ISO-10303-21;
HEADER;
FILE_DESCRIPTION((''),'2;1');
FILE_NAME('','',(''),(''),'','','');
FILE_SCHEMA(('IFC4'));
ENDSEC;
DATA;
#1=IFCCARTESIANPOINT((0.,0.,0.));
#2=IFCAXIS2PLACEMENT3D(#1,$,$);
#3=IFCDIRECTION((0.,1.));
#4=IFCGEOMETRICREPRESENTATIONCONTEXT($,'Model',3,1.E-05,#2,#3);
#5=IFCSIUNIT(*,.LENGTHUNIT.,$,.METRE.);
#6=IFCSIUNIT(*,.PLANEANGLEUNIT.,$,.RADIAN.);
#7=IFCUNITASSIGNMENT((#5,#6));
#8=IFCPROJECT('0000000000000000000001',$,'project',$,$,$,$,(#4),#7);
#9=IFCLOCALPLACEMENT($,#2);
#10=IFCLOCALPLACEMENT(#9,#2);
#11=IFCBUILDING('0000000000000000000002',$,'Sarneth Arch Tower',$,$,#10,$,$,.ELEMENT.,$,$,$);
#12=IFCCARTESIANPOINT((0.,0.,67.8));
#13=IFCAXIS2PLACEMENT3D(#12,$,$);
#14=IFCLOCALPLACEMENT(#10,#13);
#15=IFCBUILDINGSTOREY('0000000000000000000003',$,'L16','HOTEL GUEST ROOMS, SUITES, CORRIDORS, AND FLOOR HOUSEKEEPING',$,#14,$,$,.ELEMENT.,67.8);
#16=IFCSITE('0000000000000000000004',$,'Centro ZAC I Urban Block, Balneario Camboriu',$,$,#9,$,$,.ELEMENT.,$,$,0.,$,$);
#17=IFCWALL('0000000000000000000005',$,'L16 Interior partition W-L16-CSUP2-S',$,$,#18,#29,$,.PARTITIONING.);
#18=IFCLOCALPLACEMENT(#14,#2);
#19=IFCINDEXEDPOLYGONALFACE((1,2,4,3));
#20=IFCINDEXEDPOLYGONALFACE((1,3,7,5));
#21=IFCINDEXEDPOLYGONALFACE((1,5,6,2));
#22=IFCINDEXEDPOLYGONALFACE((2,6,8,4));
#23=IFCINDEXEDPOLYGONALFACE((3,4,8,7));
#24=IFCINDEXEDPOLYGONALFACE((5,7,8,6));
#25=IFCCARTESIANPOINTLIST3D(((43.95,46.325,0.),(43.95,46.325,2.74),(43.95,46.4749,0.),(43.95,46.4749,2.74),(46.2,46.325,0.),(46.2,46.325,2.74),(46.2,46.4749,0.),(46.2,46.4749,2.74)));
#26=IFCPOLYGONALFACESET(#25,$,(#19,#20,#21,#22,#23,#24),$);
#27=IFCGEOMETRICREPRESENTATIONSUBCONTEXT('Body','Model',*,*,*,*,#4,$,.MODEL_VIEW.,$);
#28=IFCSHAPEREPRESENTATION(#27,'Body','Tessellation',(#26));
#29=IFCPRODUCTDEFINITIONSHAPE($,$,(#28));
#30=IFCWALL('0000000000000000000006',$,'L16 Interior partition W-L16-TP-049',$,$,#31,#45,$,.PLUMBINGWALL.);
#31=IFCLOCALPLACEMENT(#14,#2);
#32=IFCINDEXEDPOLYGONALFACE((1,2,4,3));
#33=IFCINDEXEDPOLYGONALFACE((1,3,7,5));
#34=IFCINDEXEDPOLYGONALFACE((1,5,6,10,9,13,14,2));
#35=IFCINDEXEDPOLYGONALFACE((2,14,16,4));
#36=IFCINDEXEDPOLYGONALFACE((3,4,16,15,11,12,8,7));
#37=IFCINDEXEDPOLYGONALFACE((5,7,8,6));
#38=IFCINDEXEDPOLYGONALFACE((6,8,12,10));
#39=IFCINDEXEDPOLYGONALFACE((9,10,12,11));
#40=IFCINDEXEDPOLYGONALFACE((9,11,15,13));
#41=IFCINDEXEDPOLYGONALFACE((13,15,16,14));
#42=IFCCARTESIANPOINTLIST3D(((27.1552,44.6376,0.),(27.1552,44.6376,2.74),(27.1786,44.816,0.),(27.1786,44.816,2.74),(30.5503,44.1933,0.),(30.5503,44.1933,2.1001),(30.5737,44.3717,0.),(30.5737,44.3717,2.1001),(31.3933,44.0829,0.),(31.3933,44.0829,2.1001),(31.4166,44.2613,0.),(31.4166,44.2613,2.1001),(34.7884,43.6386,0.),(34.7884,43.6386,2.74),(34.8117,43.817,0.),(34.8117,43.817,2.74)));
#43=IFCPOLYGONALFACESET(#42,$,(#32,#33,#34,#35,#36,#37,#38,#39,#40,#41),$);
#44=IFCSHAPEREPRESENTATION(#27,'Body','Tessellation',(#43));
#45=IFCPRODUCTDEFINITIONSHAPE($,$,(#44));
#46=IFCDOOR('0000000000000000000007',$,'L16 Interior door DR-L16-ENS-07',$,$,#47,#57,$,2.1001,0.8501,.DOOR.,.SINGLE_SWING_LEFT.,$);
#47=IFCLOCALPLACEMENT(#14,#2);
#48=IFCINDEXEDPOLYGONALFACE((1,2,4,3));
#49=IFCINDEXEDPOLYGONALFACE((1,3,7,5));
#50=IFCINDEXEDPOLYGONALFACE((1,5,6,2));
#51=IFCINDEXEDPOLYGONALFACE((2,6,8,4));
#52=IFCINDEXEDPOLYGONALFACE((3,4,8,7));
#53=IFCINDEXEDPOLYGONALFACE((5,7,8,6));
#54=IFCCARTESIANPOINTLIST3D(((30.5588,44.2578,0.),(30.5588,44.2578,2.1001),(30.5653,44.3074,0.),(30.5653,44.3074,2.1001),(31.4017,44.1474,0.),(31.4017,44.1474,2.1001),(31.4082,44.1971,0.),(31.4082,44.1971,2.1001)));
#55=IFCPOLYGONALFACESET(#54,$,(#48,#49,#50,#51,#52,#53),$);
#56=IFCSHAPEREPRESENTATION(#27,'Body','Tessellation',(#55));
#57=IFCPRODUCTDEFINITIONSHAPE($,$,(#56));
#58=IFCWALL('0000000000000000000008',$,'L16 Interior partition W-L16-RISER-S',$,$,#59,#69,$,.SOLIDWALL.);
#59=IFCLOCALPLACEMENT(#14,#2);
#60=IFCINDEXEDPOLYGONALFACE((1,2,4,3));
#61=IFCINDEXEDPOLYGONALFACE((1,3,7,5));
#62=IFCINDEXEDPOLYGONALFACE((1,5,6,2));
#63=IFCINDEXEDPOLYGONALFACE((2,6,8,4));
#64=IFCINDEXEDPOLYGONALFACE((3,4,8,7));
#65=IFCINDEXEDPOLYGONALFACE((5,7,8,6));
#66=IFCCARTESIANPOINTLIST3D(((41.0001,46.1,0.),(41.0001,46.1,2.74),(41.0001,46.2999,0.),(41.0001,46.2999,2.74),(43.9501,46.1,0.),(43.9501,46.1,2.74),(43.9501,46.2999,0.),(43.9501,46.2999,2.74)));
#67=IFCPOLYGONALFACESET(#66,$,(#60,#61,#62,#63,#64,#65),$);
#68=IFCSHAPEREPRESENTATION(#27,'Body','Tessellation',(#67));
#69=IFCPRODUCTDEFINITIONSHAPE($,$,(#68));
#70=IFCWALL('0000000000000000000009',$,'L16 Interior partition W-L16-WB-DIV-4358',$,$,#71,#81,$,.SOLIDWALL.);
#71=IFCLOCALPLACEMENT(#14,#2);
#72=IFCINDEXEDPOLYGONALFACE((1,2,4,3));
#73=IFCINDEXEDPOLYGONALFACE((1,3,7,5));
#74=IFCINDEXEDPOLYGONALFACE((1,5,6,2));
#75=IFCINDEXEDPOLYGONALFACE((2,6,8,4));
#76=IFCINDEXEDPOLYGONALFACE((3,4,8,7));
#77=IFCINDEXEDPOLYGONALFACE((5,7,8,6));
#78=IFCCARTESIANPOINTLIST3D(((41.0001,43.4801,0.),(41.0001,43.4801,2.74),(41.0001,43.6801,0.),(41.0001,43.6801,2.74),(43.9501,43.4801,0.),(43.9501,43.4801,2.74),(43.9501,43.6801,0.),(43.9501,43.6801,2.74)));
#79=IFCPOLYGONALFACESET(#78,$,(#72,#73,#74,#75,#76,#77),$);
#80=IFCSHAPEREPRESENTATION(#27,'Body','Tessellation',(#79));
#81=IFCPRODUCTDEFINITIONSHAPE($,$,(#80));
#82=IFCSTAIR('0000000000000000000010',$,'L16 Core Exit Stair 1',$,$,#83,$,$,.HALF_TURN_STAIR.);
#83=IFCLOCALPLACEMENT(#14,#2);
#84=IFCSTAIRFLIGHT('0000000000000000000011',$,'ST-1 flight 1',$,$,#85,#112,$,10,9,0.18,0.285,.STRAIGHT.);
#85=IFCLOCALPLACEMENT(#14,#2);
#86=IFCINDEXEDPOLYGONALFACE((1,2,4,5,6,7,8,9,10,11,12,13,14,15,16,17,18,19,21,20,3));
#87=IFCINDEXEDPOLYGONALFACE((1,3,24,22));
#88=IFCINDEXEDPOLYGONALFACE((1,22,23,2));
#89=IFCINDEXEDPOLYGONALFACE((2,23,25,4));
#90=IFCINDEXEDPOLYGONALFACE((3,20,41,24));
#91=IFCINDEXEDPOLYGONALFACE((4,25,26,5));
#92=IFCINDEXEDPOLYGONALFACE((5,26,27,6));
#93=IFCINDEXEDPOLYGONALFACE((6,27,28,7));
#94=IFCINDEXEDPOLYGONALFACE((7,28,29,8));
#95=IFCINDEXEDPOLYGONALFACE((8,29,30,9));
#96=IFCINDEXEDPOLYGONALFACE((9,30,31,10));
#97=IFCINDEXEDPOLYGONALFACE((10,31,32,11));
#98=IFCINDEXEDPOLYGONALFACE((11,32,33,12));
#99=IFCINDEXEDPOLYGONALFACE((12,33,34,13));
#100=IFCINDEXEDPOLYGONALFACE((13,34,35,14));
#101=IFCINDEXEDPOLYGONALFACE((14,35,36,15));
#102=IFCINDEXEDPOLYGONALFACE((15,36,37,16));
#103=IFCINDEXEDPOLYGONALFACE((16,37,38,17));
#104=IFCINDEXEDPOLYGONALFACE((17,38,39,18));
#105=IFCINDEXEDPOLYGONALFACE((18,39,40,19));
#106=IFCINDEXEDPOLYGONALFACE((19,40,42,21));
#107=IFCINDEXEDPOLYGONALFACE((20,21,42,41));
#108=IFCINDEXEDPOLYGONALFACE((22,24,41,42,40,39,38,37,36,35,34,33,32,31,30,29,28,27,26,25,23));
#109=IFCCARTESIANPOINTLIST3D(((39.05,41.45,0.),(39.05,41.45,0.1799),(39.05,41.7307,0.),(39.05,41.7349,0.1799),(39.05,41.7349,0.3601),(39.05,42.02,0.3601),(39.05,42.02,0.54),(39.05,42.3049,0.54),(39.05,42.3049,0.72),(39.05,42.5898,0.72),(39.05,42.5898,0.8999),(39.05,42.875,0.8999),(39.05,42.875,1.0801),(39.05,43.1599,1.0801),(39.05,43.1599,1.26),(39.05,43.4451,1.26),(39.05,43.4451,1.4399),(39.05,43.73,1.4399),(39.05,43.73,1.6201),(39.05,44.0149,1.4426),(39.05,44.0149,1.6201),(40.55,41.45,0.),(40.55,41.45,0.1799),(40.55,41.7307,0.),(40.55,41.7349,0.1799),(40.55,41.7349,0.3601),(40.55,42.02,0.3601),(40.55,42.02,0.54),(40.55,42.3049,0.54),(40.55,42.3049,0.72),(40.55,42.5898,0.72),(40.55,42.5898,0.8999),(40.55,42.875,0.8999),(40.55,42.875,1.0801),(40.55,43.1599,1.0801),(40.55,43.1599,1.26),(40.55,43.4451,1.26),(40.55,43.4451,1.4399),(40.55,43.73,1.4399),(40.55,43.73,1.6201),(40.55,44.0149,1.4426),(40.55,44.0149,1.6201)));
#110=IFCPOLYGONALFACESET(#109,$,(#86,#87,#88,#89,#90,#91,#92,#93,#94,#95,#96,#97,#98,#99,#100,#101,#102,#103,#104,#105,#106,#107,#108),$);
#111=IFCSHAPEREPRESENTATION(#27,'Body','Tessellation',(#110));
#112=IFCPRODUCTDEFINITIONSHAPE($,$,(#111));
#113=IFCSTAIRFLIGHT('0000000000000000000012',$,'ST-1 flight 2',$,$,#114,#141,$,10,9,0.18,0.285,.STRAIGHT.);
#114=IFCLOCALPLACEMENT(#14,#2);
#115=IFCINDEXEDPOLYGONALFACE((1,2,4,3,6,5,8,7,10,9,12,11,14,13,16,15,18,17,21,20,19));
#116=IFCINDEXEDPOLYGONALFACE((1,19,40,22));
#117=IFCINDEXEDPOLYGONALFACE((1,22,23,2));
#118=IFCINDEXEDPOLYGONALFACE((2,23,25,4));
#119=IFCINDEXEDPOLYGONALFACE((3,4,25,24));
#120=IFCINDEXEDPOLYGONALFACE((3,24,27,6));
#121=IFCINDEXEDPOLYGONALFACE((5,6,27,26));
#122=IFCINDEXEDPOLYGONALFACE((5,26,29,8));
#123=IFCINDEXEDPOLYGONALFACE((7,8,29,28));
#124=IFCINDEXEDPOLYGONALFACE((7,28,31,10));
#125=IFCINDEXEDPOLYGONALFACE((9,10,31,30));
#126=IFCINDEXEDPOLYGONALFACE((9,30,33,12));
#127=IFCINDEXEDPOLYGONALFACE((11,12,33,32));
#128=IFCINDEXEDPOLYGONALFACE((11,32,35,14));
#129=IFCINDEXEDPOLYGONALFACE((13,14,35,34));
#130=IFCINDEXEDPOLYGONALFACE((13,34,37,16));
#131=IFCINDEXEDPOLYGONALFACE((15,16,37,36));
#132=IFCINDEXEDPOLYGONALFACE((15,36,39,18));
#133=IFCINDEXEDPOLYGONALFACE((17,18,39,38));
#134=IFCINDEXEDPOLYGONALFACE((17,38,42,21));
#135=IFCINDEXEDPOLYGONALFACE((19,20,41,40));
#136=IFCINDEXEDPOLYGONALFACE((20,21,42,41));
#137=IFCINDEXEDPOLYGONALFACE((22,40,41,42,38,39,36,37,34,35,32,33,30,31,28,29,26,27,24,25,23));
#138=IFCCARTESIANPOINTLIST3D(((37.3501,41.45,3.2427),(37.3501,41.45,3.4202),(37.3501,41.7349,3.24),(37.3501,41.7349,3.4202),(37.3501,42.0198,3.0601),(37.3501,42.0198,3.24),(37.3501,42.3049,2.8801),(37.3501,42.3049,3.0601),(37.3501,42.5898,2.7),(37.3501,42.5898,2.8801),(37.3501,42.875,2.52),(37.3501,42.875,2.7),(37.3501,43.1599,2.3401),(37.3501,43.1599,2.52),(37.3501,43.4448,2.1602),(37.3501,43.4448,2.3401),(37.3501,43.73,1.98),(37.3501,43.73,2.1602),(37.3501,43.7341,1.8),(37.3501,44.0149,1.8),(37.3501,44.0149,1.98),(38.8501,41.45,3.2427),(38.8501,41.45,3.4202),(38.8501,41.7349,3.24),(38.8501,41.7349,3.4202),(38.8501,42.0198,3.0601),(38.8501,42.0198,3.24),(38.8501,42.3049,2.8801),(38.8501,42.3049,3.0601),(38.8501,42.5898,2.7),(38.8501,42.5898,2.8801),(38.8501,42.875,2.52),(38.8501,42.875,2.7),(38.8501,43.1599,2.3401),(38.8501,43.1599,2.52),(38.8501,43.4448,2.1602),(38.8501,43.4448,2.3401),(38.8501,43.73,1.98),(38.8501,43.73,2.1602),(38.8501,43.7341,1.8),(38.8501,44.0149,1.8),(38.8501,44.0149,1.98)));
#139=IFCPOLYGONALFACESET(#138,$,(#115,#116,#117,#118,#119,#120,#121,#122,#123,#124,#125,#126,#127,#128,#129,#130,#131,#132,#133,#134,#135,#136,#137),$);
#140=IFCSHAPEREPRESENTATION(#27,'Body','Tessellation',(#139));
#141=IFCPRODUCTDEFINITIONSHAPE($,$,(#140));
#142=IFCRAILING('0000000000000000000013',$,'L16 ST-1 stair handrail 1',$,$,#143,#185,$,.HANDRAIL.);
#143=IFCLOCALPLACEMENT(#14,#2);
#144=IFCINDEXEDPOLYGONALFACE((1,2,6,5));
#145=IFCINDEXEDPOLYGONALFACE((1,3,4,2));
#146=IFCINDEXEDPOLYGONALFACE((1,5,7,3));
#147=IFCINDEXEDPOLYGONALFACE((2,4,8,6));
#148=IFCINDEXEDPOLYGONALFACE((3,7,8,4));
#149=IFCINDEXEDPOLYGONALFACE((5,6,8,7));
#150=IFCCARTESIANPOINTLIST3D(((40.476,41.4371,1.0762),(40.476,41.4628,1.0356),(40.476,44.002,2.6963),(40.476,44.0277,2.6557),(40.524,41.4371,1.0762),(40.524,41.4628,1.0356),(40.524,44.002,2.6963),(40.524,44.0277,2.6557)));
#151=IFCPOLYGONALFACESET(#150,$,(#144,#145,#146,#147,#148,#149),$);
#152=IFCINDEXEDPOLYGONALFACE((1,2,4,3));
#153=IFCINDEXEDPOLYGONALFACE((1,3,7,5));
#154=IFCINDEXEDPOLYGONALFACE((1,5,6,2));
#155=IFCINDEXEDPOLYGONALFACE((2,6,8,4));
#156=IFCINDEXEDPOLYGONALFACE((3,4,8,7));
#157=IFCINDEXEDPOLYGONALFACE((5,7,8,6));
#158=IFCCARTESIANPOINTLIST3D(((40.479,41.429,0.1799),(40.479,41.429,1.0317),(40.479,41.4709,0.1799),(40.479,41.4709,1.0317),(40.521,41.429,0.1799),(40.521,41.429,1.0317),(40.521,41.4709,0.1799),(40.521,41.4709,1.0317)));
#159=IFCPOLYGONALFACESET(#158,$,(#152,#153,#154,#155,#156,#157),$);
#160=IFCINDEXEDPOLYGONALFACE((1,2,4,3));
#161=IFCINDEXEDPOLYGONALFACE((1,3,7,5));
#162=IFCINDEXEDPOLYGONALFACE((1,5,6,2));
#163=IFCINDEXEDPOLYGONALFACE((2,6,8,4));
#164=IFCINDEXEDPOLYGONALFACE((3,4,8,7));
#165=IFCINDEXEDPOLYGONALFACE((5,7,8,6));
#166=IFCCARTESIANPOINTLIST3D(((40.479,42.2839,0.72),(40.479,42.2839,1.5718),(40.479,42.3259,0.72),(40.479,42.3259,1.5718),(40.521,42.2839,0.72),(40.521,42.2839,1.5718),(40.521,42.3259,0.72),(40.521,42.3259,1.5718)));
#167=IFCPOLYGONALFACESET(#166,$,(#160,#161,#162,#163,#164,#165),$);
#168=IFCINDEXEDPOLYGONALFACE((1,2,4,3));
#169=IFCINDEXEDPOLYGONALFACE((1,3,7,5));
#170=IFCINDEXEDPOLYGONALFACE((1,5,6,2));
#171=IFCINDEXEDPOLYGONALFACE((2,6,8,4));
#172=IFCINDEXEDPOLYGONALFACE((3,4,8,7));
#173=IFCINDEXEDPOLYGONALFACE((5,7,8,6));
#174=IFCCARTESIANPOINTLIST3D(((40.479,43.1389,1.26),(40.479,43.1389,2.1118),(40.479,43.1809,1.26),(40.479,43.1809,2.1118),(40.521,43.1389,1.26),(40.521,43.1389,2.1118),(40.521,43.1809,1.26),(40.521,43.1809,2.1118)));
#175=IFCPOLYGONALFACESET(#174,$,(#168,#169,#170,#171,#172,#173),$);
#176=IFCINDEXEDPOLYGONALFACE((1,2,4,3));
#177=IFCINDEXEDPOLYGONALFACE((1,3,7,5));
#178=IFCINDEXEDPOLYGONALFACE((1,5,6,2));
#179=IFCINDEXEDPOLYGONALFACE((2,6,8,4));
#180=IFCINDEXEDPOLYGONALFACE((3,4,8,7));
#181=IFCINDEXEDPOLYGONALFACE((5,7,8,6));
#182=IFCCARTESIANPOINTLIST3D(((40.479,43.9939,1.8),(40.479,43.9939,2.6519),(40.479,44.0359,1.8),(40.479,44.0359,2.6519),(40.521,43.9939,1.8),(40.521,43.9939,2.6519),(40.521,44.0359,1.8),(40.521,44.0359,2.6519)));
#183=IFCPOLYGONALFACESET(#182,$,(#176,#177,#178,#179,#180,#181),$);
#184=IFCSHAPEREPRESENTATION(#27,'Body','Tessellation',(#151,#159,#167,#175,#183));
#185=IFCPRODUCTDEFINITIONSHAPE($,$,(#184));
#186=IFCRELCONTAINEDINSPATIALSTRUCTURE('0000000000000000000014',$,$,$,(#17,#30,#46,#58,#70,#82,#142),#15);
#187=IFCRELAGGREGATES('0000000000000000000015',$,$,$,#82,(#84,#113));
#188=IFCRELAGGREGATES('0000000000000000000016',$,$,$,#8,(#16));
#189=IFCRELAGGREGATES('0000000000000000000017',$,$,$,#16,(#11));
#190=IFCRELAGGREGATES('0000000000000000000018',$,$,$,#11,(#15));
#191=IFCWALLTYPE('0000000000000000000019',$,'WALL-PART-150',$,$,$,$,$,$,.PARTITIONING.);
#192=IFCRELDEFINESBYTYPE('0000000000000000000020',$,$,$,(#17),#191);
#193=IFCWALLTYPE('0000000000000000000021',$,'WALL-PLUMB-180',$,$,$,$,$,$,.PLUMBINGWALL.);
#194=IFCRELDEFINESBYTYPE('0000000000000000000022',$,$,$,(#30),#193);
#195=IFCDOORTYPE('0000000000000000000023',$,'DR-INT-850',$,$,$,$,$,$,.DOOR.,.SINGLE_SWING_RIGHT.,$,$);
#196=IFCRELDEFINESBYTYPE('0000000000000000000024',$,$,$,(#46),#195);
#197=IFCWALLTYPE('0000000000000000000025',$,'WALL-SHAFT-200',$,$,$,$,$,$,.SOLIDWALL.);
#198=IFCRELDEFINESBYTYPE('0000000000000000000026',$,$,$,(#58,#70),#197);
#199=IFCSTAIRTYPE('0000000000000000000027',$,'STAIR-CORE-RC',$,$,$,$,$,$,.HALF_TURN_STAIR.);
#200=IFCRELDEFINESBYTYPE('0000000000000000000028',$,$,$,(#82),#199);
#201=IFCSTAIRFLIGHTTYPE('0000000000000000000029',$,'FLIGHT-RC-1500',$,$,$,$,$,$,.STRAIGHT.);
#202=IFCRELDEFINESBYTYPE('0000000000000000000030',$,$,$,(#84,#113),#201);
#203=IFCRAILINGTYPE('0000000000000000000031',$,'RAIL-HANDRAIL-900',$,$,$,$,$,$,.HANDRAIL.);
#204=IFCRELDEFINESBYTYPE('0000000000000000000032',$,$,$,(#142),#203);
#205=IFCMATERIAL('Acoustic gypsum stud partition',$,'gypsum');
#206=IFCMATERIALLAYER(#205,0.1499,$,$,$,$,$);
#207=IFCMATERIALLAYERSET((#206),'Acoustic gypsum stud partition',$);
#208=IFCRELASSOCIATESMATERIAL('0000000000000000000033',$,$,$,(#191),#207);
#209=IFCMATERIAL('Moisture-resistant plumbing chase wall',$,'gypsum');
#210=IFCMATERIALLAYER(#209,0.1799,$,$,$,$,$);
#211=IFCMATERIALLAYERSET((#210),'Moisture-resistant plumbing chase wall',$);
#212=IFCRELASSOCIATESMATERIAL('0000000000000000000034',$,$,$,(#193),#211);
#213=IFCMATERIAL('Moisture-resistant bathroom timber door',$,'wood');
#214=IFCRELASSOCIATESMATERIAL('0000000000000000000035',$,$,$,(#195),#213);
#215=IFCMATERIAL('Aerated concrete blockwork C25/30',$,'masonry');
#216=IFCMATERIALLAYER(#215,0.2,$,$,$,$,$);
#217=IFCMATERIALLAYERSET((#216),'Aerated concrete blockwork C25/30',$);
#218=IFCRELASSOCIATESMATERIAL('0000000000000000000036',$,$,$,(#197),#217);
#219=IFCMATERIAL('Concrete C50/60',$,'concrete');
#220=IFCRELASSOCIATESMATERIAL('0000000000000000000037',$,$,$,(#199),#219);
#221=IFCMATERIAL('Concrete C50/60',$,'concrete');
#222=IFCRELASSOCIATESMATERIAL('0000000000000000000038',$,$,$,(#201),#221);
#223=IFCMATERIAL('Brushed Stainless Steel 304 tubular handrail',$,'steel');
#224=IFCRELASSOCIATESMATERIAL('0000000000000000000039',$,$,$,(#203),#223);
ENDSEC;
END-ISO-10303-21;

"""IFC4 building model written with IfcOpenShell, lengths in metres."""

from ifc_helpers import new_model, si_unit, direction, frame, frame_2d, origin, origin_2d, place, context, subcontext, project, spatial, polyline, rectangle, outline, extrude, material, layer, layer_set, type_object, element, fill, aggregate, save


model = new_model("IFC4")

# Units and contexts
model_context = context("Model", 3, precision=1e-05, world=origin(), true_north=direction((0.0, 1.0)))
body_context = subcontext(model_context, "Body", "Model", "MODEL_VIEW")
ifc_project = project(units=[si_unit("LENGTHUNIT", "METRE"), si_unit("PLANEANGLEUNIT", "RADIAN")], contexts=[model_context])

# Site, building, storey
site_placement = place(None, origin())
site = spatial("IfcSite", under=ifc_project, at=site_placement, Name="Centro ZAC I Urban Block, Balneario Camboriu", CompositionType="ELEMENT", RefElevation=0.0)
building_placement = place(site_placement, origin())
building = spatial("IfcBuilding", under=site, at=building_placement, Name="Sarneth Arch Tower", CompositionType="ELEMENT")
storey_placement = place(building_placement, frame((0.0, 0.0, 67.8)))
storey = spatial("IfcBuildingStorey", under=building, at=storey_placement, Name="L16", Description="HOTEL GUEST ROOMS, SUITES, CORRIDORS, AND FLOOR HOUSEKEEPING", CompositionType="ELEMENT", Elevation=67.8)

# Wall
ifc_material_1 = material(Name="Acoustic gypsum stud partition", Category="gypsum")
ifc_layer_1 = layer(ifc_material_1, 0.1499)
ifc_layer_set_1 = layer_set([ifc_layer_1], Name="Acoustic gypsum stud partition")
wall_type_1 = type_object("IfcWallType", Name="WALL-PART-150", PredefinedType="PARTITIONING", material=ifc_layer_set_1)
wall_1_placement = place(storey_placement, frame((43.95, 46.3999, 0.0), z_axis=(0.0, 0.0, 1.0), x_axis=(1.0, 0.0, 0.0)))
element("IfcWall", 1, at=wall_1_placement, inside=storey, type_object=wall_type_1, Name="L16 Interior partition W-L16-CSUP2-S", PredefinedType="PARTITIONING", context=body_context, shape_type="SweptSolid", body=[
    extrude(rectangle(XDim=2.25, YDim=0.1499, at=frame_2d((1.125, 0.0))), origin(), (0.0, 0.0, 1.0), 2.74),
])

# Wall, opening, door
ifc_material_2 = material(Name="Moisture-resistant plumbing chase wall", Category="gypsum")
ifc_layer_2 = layer(ifc_material_2, 0.1799)
ifc_layer_set_2 = layer_set([ifc_layer_2], Name="Moisture-resistant plumbing chase wall")
wall_type_2 = type_object("IfcWallType", Name="WALL-PLUMB-180", PredefinedType="PLUMBINGWALL", material=ifc_layer_set_2)
wall_2_placement = place(storey_placement, frame((34.8, 43.7278, 0.0), z_axis=(0.0, 0.0, 1.0), x_axis=(-0.991544, 0.129774, 0.0)))
wall_2 = element("IfcWall", 2, at=wall_2_placement, inside=storey, type_object=wall_type_2, Name="L16 Interior partition W-L16-TP-049", PredefinedType="PLUMBINGWALL", context=body_context, shape_type="SweptSolid", body=[
    extrude(rectangle(XDim=7.6982, YDim=0.1799, at=frame_2d((3.8491, 0.0))), origin(), (0.0, 0.0, 1.0), 2.74),
])
opening_1_placement = place(wall_2_placement, frame((3.4241, 0.0, 0.0)))
opening_1 = element("IfcOpeningElement", 3, at=opening_1_placement, cuts=wall_2, PredefinedType="OPENING", context=body_context, shape_type="SweptSolid", body=[
    extrude(rectangle(XDim=0.8501, YDim=2.1001, at=frame_2d((0.425, 1.05))), frame((0.0, 0.0999, 0.0), z_axis=(0.0, -1.0, 0.0), x_axis=(1.0, 0.0, 0.0)), (0.0, 0.0, 1.0), 0.2),
])
ifc_material_3 = material(Name="Moisture-resistant bathroom timber door", Category="wood")
door_type_1 = type_object("IfcDoorType", Name="DR-INT-850", OperationType="SINGLE_SWING_RIGHT", PredefinedType="DOOR", material=ifc_material_3)
door_1_placement = place(opening_1_placement, origin())
door_1 = element("IfcDoor", 4, at=door_1_placement, inside=storey, type_object=door_type_1, Name="L16 Interior door DR-L16-ENS-07", OperationType="SINGLE_SWING_LEFT", OverallHeight=2.1001, OverallWidth=0.8501, PredefinedType="DOOR", context=body_context, shape_type="SweptSolid", body=[
    extrude(rectangle(XDim=0.8501, YDim=2.1001, at=frame_2d((0.425, 1.05))), frame((0.0, 0.0249, 0.0), z_axis=(0.0, -1.0, 0.0), x_axis=(1.0, 0.0, 0.0)), (0.0, 0.0, 1.0), 0.05),
])
fill(opening_1, door_1)

# Wall
ifc_material_4 = material(Name="Aerated concrete blockwork C25/30", Category="masonry")
ifc_layer_3 = layer(ifc_material_4, 0.2)
ifc_layer_set_3 = layer_set([ifc_layer_3], Name="Aerated concrete blockwork C25/30")
wall_type_3 = type_object("IfcWallType", Name="WALL-SHAFT-200", PredefinedType="SOLIDWALL", material=ifc_layer_set_3)
wall_3_placement = place(storey_placement, frame((41.0, 46.2, 0.0), z_axis=(0.0, 0.0, 1.0), x_axis=(1.0, 0.0, 0.0)))
element("IfcWall", 5, at=wall_3_placement, inside=storey, type_object=wall_type_3, Name="L16 Interior partition W-L16-RISER-S", PredefinedType="SOLIDWALL", context=body_context, shape_type="SweptSolid", body=[
    extrude(rectangle(XDim=2.95, YDim=0.2, at=frame_2d((1.4751, 0.0))), origin(), (0.0, 0.0, 1.0), 2.74),
])

# Wall
wall_4_placement = place(storey_placement, frame((41.0, 43.5801, 0.0), z_axis=(0.0, 0.0, 1.0), x_axis=(1.0, 0.0, 0.0)))
element("IfcWall", 6, at=wall_4_placement, inside=storey, type_object=wall_type_3, Name="L16 Interior partition W-L16-WB-DIV-4358", PredefinedType="SOLIDWALL", context=body_context, shape_type="SweptSolid", body=[
    extrude(rectangle(XDim=2.95, YDim=0.2, at=frame_2d((1.4751, 0.0))), origin(), (0.0, 0.0, 1.0), 2.74),
])

# Stair, stair flights
ifc_material_5 = material(Name="Concrete C50/60", Category="concrete")
stair_type = type_object("IfcStairType", Name="STAIR-CORE-RC", PredefinedType="HALF_TURN_STAIR", material=ifc_material_5)
stair_placement = place(storey_placement, origin())
stair = element("IfcStair", 7, at=stair_placement, inside=storey, type_object=stair_type, Name="L16 Core Exit Stair 1", PredefinedType="HALF_TURN_STAIR")
ifc_material_6 = material(Name="Concrete C50/60", Category="concrete")
stair_flight_type = type_object("IfcStairFlightType", Name="FLIGHT-RC-1500", PredefinedType="STRAIGHT", material=ifc_material_6)
stair_flight_1_placement = place(storey_placement, frame((39.8, 41.45, 0.0), z_axis=(0.0, 0.0, 1.0), x_axis=(0.0, 1.0, 0.0)))
stair_flight_1 = element("IfcStairFlight", 8, at=stair_flight_1_placement, type_object=stair_flight_type, Name="ST-1 flight 1", NumberOfRisers=10, NumberOfTreads=9, PredefinedType="STRAIGHT", RiserHeight=0.18, TreadLength=0.285, context=body_context, shape_type="SweptSolid", body=[
    extrude(outline(polyline([(0.0, 0.0), (0.0, 0.1799), (0.2849, 0.1799), (0.2849, 0.3601), (0.5701, 0.3601), (0.5701, 0.54), (0.855, 0.54), (0.855, 0.72), (1.1399, 0.72), (1.1399, 0.8999), (1.425, 0.8999), (1.425, 1.0801), (1.71, 1.0801), (1.71, 1.26), (1.9951, 1.26), (1.9951, 1.4399), (2.28, 1.4399), (2.28, 1.6201), (2.5649, 1.6201), (2.5649, 1.8), (2.5649, 1.4426), (0.2808, 0.0), (0.0, 0.0)])), frame((0.0, 0.75, 0.0), z_axis=(0.0, -1.0, 0.0), x_axis=(1.0, 0.0, 0.0)), (0.0, 0.0, 1.0), 1.5),
])
stair_flight_2_placement = place(storey_placement, frame((38.1001, 44.0149, 1.8), z_axis=(0.0, 0.0, 1.0), x_axis=(0.0, -1.0, 0.0)))
stair_flight_2 = element("IfcStairFlight", 9, at=stair_flight_2_placement, type_object=stair_flight_type, Name="ST-1 flight 2", NumberOfRisers=10, NumberOfTreads=9, PredefinedType="STRAIGHT", RiserHeight=0.18, TreadLength=0.285, context=body_context, shape_type="SweptSolid", body=[
    extrude(outline(polyline([(0.0, 0.0), (0.0, 0.1799), (0.2849, 0.1799), (0.2849, 0.3601), (0.5701, 0.3601), (0.5701, 0.54), (0.855, 0.54), (0.855, 0.72), (1.1399, 0.72), (1.1399, 0.8999), (1.425, 0.8999), (1.425, 1.0801), (1.71, 1.0801), (1.71, 1.26), (1.9951, 1.26), (1.9951, 1.4399), (2.28, 1.4399), (2.28, 1.6201), (2.5649, 1.6201), (2.5649, 1.8), (2.5649, 1.4426), (0.2808, 0.0), (0.0, 0.0)])), frame((0.0, 0.75, 0.0), z_axis=(0.0, -1.0, 0.0), x_axis=(1.0, 0.0, 0.0)), (0.0, 0.0, 1.0), 1.5),
])
aggregate(stair, [stair_flight_1, stair_flight_2])

# Railing
ifc_material_7 = material(Name="Brushed Stainless Steel 304 tubular handrail", Category="steel")
railing_type_1 = type_object("IfcRailingType", Name="RAIL-HANDRAIL-900", PredefinedType="HANDRAIL", material=ifc_material_7)
railing_1_placement = place(storey_placement, frame((40.5, 41.45, 0.1799)))
element("IfcRailing", 10, at=railing_1_placement, inside=storey, type_object=railing_type_1, Name="L16 ST-1 stair handrail 1", PredefinedType="HANDRAIL", context=body_context, shape_type="SweptSolid", body=[
    extrude(rectangle(XDim=0.0481, YDim=0.0481, at=origin_2d()), frame((0.0, 0.0, 0.876), z_axis=(0.0, 0.845466, 0.534029), x_axis=(-1.0, 0.0, 0.0)), (0.0, 0.0, 1.0), 3.0337),
    extrude(rectangle(XDim=0.042, YDim=0.042, at=origin_2d()), origin(), (0.0, 0.0, 1.0), 0.8518),
    extrude(rectangle(XDim=0.042, YDim=0.042, at=origin_2d()), frame((0.0, 0.855, 0.54)), (0.0, 0.0, 1.0), 0.8518),
    extrude(rectangle(XDim=0.042, YDim=0.042, at=origin_2d()), frame((0.0, 1.71, 1.0801)), (0.0, 0.0, 1.0), 0.8518),
    extrude(rectangle(XDim=0.042, YDim=0.042, at=origin_2d()), frame((0.0, 2.5649, 1.6201)), (0.0, 0.0, 1.0), 0.8518),
])

save(model, "model.ifc")
